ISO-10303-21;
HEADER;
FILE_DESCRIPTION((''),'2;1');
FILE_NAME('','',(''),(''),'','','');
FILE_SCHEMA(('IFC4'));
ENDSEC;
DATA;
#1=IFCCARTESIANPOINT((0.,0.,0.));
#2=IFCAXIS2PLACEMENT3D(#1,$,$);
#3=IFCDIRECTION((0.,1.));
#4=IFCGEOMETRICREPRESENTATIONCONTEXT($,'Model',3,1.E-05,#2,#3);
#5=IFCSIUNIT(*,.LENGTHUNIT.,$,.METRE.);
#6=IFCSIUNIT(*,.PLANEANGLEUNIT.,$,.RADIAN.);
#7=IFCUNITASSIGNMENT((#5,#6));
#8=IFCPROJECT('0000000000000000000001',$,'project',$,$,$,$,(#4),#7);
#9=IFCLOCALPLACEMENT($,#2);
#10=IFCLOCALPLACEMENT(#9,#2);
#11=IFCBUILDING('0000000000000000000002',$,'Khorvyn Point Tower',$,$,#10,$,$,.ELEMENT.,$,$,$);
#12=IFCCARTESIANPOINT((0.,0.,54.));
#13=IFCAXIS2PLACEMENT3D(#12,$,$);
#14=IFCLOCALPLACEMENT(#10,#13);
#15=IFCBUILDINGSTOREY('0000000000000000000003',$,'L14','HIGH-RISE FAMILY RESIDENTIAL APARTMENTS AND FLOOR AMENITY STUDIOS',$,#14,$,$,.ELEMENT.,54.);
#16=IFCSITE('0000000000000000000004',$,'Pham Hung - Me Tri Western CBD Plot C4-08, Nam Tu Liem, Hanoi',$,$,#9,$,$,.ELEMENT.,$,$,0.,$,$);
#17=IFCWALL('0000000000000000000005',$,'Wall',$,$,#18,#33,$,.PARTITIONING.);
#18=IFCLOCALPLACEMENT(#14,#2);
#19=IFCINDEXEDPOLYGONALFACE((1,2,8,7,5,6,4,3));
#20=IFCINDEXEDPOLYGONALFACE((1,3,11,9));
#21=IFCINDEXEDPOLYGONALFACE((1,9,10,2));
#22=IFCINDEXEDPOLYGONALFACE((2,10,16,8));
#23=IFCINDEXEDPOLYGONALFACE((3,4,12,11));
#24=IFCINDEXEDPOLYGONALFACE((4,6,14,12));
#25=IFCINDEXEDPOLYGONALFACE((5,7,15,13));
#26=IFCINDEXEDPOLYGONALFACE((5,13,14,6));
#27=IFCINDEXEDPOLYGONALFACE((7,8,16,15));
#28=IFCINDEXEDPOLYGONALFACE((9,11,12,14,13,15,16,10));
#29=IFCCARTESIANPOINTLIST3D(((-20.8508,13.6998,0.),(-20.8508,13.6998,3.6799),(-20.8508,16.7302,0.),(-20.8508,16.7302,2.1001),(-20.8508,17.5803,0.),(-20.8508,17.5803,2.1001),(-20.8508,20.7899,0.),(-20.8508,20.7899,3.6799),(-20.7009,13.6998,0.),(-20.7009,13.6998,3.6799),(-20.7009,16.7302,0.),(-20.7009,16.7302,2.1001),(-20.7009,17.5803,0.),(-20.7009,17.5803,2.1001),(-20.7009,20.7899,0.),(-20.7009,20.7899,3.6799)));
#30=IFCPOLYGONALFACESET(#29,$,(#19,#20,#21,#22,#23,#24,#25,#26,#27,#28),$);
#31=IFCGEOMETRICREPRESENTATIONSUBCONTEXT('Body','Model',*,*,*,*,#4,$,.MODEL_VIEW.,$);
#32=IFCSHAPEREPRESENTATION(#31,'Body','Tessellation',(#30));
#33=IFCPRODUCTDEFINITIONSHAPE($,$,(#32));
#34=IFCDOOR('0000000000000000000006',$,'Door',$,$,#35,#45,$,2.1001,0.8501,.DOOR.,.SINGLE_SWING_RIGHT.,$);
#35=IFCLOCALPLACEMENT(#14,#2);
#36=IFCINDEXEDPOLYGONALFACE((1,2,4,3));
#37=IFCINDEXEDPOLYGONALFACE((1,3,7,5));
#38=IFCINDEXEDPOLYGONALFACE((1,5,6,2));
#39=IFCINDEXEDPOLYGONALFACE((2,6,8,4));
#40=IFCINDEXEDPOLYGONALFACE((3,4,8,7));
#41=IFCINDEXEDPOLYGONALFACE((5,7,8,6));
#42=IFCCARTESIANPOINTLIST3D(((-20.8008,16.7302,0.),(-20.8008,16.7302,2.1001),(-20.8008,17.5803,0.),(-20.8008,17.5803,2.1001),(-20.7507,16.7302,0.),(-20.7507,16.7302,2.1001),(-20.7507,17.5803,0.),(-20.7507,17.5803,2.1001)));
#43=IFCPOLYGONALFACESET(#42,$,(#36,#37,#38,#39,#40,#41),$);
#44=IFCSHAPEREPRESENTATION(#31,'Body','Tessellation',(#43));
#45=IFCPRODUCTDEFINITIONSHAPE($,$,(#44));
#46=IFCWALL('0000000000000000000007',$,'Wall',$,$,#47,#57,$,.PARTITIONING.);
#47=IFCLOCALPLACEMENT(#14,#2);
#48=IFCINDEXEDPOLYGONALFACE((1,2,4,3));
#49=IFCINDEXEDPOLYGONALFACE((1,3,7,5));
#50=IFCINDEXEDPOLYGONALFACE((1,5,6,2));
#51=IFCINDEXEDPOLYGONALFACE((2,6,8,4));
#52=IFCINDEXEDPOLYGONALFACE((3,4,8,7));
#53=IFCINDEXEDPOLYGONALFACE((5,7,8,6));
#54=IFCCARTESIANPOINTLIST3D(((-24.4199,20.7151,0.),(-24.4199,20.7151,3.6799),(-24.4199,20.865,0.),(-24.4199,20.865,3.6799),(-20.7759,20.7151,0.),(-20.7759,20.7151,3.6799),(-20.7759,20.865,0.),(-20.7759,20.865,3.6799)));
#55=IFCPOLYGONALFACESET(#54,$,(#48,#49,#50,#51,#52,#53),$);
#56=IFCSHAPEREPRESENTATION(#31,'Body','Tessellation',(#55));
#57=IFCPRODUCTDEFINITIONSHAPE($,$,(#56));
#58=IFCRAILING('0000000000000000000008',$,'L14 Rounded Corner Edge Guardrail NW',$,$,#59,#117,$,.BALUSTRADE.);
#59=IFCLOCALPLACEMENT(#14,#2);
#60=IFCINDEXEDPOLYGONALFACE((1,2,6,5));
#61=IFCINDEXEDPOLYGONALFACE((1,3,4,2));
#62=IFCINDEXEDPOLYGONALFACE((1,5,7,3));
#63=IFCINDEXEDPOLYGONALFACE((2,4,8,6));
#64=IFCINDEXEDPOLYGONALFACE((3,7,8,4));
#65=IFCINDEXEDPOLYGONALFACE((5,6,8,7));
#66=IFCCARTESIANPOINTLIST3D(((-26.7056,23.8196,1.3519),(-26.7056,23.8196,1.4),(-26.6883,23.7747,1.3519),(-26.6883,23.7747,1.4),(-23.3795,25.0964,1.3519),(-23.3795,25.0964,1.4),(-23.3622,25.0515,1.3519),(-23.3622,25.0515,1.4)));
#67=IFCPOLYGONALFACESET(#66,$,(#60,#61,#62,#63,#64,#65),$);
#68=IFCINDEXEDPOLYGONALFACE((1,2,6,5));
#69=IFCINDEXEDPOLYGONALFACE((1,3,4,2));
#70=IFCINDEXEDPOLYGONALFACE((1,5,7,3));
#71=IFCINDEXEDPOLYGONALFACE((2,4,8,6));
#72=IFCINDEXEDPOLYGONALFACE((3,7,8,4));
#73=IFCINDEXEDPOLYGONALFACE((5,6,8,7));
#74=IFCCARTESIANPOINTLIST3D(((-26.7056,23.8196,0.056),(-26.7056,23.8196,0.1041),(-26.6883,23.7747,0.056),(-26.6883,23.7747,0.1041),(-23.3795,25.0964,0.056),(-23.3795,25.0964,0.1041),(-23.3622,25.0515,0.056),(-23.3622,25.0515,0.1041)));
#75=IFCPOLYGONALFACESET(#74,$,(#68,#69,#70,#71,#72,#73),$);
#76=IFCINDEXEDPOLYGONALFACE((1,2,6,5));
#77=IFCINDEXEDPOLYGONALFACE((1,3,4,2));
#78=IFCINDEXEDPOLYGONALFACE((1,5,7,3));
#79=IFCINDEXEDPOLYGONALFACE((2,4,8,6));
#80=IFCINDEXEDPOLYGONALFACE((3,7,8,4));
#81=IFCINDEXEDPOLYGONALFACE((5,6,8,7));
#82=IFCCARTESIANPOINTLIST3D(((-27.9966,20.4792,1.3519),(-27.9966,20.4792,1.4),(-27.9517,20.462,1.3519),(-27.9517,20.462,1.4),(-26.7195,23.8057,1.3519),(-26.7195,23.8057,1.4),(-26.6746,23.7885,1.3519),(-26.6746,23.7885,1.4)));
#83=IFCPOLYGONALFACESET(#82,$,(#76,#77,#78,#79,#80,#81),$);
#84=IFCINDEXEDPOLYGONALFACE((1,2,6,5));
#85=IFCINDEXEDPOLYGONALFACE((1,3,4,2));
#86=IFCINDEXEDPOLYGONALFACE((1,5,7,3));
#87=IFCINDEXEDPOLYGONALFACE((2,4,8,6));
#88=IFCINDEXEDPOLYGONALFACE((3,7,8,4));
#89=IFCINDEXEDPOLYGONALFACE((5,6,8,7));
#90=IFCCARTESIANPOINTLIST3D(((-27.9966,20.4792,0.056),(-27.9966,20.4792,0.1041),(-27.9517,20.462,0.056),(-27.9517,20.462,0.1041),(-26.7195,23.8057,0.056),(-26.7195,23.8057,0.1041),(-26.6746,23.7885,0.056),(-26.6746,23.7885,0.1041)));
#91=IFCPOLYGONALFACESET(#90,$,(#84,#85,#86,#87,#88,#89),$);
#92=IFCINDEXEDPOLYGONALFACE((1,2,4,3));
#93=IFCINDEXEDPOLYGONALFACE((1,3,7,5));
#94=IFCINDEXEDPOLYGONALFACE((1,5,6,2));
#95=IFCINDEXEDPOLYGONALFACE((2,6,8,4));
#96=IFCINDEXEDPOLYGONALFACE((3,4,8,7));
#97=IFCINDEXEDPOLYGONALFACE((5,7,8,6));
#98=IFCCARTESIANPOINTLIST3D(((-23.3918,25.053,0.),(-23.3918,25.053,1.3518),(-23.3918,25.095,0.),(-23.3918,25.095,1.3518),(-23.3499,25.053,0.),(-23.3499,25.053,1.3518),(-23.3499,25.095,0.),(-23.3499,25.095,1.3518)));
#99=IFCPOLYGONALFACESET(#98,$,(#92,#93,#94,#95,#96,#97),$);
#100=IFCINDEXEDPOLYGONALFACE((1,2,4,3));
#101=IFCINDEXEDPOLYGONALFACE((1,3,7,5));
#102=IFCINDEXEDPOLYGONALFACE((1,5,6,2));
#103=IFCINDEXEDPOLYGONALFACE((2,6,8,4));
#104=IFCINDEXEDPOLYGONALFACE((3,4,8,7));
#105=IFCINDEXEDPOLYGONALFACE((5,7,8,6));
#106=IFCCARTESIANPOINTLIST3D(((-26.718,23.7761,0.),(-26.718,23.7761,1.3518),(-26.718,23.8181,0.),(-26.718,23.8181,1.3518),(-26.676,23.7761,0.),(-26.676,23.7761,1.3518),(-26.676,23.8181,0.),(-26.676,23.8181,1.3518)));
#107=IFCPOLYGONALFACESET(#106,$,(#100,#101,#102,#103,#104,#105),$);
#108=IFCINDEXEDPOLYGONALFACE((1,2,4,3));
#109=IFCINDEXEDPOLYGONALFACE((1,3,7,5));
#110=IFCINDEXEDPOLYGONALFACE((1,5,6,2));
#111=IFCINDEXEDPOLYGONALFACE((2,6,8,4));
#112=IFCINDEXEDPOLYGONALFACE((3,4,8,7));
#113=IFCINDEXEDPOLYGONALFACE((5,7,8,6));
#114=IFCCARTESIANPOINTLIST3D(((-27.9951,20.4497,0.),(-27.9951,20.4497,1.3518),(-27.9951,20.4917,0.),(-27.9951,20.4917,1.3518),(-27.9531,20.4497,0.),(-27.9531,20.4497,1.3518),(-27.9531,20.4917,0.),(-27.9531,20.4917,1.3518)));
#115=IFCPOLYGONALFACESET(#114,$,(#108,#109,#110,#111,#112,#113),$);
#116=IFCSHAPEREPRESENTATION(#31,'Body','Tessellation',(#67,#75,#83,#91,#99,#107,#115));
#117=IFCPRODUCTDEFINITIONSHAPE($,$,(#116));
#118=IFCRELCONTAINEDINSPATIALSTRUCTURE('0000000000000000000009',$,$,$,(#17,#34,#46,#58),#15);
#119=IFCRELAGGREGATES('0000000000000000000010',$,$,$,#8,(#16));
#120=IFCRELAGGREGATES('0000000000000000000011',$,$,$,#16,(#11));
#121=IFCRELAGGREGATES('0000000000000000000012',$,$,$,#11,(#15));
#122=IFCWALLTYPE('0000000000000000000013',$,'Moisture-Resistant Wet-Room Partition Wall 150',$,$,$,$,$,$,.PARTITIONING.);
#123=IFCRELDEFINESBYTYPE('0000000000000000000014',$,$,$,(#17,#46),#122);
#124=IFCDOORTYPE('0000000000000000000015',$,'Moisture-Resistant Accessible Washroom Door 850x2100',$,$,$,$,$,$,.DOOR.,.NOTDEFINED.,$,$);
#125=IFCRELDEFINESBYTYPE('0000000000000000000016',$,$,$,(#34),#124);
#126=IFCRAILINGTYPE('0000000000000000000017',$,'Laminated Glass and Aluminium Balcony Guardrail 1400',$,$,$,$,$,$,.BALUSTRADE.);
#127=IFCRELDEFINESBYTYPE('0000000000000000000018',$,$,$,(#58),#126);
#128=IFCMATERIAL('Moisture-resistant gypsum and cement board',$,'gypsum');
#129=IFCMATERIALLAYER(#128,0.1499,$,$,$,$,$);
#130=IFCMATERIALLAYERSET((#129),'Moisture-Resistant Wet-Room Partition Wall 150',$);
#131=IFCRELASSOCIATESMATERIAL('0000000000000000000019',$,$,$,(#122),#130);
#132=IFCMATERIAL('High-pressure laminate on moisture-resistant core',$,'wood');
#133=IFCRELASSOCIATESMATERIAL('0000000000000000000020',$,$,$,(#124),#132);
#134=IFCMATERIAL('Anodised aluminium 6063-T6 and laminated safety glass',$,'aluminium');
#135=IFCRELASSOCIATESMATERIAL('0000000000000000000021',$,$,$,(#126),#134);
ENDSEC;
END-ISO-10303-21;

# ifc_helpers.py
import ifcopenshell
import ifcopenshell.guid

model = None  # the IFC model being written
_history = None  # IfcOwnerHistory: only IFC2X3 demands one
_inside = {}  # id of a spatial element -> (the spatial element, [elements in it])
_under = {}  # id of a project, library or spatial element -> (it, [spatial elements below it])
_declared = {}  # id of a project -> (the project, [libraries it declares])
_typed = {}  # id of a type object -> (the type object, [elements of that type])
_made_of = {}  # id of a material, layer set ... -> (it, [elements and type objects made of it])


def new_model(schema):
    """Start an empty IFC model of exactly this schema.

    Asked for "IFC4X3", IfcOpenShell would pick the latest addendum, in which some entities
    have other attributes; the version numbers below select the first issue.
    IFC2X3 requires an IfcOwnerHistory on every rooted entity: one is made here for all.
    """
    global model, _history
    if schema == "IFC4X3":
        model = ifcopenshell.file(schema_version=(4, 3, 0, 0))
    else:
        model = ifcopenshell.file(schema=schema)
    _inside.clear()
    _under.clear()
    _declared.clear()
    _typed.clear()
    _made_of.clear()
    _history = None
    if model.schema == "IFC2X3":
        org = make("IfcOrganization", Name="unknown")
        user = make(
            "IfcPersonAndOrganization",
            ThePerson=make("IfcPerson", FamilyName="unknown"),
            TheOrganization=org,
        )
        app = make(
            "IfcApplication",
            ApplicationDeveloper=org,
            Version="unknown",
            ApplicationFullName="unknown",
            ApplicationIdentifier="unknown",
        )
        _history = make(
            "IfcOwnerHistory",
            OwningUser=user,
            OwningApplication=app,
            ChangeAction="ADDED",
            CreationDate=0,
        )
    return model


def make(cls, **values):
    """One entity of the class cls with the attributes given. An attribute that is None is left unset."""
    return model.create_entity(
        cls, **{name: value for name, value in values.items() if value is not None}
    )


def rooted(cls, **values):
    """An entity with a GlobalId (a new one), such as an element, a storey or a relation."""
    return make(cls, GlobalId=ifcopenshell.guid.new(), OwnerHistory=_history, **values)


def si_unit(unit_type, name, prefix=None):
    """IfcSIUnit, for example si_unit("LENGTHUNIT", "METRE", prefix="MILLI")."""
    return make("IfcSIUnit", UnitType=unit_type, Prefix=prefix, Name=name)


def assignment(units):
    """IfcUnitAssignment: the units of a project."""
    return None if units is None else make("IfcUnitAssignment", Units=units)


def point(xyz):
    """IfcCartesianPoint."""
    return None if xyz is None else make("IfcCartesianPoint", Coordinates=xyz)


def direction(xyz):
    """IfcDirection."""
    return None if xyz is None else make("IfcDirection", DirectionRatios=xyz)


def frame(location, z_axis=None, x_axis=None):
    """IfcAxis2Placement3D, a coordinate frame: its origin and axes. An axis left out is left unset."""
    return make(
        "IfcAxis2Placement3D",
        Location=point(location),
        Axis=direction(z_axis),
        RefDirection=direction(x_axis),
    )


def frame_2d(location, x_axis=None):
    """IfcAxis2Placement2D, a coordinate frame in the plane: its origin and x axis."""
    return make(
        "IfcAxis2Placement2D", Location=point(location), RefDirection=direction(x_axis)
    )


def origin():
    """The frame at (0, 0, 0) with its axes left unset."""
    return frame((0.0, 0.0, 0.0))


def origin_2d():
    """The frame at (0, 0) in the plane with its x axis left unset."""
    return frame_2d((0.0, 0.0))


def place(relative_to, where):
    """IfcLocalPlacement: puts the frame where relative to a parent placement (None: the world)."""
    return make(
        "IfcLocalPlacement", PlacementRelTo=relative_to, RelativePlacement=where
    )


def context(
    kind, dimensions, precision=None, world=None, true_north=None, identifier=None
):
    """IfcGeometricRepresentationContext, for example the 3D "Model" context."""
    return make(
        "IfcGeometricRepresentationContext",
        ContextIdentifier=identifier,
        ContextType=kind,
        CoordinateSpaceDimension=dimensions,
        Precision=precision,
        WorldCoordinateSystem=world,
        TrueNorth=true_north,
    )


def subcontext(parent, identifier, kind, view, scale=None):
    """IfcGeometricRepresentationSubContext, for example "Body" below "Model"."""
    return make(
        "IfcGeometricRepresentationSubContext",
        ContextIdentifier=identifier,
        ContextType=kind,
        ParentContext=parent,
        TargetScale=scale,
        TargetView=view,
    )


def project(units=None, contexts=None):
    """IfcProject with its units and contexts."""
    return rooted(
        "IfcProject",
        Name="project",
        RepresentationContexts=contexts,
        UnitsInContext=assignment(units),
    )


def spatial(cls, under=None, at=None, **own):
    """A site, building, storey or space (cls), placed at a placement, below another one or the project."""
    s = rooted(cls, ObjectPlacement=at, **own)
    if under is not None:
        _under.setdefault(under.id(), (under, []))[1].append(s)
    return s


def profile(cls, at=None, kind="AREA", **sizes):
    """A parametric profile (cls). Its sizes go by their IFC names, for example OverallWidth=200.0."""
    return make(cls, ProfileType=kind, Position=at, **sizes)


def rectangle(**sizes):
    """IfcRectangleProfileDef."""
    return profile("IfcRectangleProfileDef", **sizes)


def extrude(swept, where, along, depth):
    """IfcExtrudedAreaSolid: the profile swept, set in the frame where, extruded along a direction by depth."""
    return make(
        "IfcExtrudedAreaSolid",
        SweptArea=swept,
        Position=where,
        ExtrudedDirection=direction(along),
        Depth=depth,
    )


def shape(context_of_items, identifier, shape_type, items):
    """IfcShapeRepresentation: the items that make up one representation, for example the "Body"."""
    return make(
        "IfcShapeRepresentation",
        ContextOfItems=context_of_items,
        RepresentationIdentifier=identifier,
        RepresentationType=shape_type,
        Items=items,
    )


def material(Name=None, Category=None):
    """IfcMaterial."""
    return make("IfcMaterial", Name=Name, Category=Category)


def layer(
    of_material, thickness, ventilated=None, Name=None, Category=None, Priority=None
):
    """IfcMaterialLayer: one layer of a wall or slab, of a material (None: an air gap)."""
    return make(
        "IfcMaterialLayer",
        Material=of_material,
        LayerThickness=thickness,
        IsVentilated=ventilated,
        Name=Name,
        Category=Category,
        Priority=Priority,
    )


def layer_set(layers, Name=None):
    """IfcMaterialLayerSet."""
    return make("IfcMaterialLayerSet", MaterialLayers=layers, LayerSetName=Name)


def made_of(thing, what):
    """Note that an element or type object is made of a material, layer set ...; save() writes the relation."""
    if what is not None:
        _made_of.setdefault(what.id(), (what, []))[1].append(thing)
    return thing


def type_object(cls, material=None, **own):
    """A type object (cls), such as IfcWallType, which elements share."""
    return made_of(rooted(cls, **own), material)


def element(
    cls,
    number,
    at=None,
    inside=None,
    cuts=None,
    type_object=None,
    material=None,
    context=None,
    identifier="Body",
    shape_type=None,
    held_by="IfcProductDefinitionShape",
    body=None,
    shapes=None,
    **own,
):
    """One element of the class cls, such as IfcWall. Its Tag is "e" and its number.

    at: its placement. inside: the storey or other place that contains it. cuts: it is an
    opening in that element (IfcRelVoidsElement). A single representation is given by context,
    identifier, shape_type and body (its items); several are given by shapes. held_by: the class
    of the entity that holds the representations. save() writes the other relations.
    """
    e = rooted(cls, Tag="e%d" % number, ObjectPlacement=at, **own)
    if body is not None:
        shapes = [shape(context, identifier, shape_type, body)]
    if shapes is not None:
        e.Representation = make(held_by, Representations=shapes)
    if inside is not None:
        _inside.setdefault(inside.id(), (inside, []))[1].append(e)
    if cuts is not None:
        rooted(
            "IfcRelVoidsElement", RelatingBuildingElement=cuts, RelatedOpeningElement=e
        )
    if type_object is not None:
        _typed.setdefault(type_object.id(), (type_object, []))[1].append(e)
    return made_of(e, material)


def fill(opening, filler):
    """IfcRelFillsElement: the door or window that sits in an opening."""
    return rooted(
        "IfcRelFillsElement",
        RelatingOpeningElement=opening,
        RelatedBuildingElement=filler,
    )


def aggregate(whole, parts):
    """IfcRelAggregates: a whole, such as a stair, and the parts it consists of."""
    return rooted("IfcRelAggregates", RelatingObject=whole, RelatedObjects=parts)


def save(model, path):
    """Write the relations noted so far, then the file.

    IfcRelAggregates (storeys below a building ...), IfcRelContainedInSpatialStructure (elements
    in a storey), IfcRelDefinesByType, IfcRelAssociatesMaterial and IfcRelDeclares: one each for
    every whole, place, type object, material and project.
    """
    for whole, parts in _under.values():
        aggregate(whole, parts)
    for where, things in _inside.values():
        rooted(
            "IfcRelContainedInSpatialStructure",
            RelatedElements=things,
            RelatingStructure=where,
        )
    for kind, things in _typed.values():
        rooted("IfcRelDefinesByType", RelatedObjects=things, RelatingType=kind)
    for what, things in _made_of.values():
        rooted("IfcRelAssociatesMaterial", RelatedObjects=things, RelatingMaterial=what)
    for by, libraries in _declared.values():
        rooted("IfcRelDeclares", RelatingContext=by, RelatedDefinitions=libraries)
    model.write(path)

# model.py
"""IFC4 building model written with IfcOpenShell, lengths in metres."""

from ifc_helpers import new_model, si_unit, direction, frame, frame_2d, origin, origin_2d, place, context, subcontext, project, spatial, rectangle, extrude, material, layer, layer_set, type_object, element, fill, save


model = new_model("IFC4")

# Units and contexts
model_context = context("Model", 3, precision=1e-05, world=origin(), true_north=direction((0.0, 1.0)))
body_context = subcontext(model_context, "Body", "Model", "MODEL_VIEW")
ifc_project = project(units=[si_unit("LENGTHUNIT", "METRE"), si_unit("PLANEANGLEUNIT", "RADIAN")], contexts=[model_context])

# Site, building, storey
site_placement = place(None, origin())
site = spatial("IfcSite", under=ifc_project, at=site_placement, Name="Pham Hung - Me Tri Western CBD Plot C4-08, Nam Tu Liem, Hanoi", CompositionType="ELEMENT", RefElevation=0.0)
building_placement = place(site_placement, origin())
building = spatial("IfcBuilding", under=site, at=building_placement, Name="Khorvyn Point Tower", CompositionType="ELEMENT")
storey_placement = place(building_placement, frame((0.0, 0.0, 54.0)))
storey = spatial("IfcBuildingStorey", under=building, at=storey_placement, Name="L14", Description="HIGH-RISE FAMILY RESIDENTIAL APARTMENTS AND FLOOR AMENITY STUDIOS", CompositionType="ELEMENT", Elevation=54.0)

# Wall, opening, door
ifc_material_1 = material(Name="Moisture-resistant gypsum and cement board", Category="gypsum")
ifc_layer_1 = layer(ifc_material_1, 0.1499)
ifc_layer_set_1 = layer_set([ifc_layer_1], Name="Moisture-Resistant Wet-Room Partition Wall 150")
wall_type_1 = type_object("IfcWallType", Name="Moisture-Resistant Wet-Room Partition Wall 150", PredefinedType="PARTITIONING", material=ifc_layer_set_1)
wall_1_placement = place(storey_placement, frame((-20.7759, 13.7, 0.0), z_axis=(0.0, 0.0, 1.0), x_axis=(0.0, 1.0, 0.0)))
wall_1 = element("IfcWall", 1, at=wall_1_placement, inside=storey, type_object=wall_type_1, Name="Wall", PredefinedType="PARTITIONING", context=body_context, shape_type="SweptSolid", body=[
    extrude(rectangle(XDim=7.0901, YDim=0.1499, at=frame_2d((3.5449, 0.0))), origin(), (0.0, 0.0, 1.0), 3.6799),
])
opening_1_placement = place(wall_1_placement, frame((3.0303, 0.0, 0.0)))
opening_1 = element("IfcOpeningElement", 2, at=opening_1_placement, cuts=wall_1, PredefinedType="OPENING", context=body_context, shape_type="SweptSolid", body=[
    extrude(rectangle(XDim=0.8501, YDim=2.1001, at=frame_2d((0.425, 1.05))), frame((0.0, 0.085, 0.0), z_axis=(0.0, -1.0, 0.0), x_axis=(1.0, 0.0, 0.0)), (0.0, 0.0, 1.0), 0.1699),
])
ifc_material_2 = material(Name="High-pressure laminate on moisture-resistant core", Category="wood")
door_type_1 = type_object("IfcDoorType", Name="Moisture-Resistant Accessible Washroom Door 850x2100", OperationType="NOTDEFINED", PredefinedType="DOOR", material=ifc_material_2)
door_1_placement = place(opening_1_placement, origin())
door_1 = element("IfcDoor", 3, at=door_1_placement, inside=storey, type_object=door_type_1, Name="Door", OperationType="SINGLE_SWING_RIGHT", OverallHeight=2.1001, OverallWidth=0.8501, PredefinedType="DOOR", context=body_context, shape_type="SweptSolid", body=[
    extrude(rectangle(XDim=0.8501, YDim=2.1001, at=frame_2d((0.425, 1.05))), frame((0.0, 0.0249, 0.0), z_axis=(0.0, -1.0, 0.0), x_axis=(1.0, 0.0, 0.0)), (0.0, 0.0, 1.0), 0.05),
])
fill(opening_1, door_1)

# Wall
wall_2_placement = place(storey_placement, frame((-24.4199, 20.79, 0.0), z_axis=(0.0, 0.0, 1.0), x_axis=(1.0, 0.0, 0.0)))
element("IfcWall", 4, at=wall_2_placement, inside=storey, type_object=wall_type_1, Name="Wall", PredefinedType="PARTITIONING", context=body_context, shape_type="SweptSolid", body=[
    extrude(rectangle(XDim=3.644, YDim=0.1499, at=frame_2d((1.822, 0.0))), origin(), (0.0, 0.0, 1.0), 3.6799),
])

# Railing
ifc_material_3 = material(Name="Anodised aluminium 6063-T6 and laminated safety glass", Category="aluminium")
railing_type = type_object("IfcRailingType", Name="Laminated Glass and Aluminium Balcony Guardrail 1400", PredefinedType="BALUSTRADE", material=ifc_material_3)
railing_1_placement = place(storey_placement, frame((-23.3708, 25.074, 0.0)))
element("IfcRailing", 5, at=railing_1_placement, inside=storey, type_object=railing_type, Name="L14 Rounded Corner Edge Guardrail NW", PredefinedType="BALUSTRADE", context=body_context, shape_type="SweptSolid", body=[
    extrude(rectangle(XDim=0.0481, YDim=0.0481, at=origin_2d()), frame((0.0, 0.0, 1.376), z_axis=(-0.933575, -0.358382, 0.0), x_axis=(0.358382, -0.933575, 0.0)), (0.0, 0.0, 1.0), 3.5627),
    extrude(rectangle(XDim=0.0481, YDim=0.0481, at=origin_2d()), frame((0.0, 0.0, 0.0801), z_axis=(-0.933575, -0.358382, 0.0), x_axis=(0.358382, -0.933575, 0.0)), (0.0, 0.0, 1.0), 3.5627),
    extrude(rectangle(XDim=0.0481, YDim=0.0481, at=origin_2d()), frame((-3.3262, -1.2769, 1.376), z_axis=(-0.358419, -0.933561, 0.0), x_axis=(0.933561, -0.358419, 0.0)), (0.0, 0.0, 1.0), 3.5632),
    extrude(rectangle(XDim=0.0481, YDim=0.0481, at=origin_2d()), frame((-3.3262, -1.2769, 0.0801), z_axis=(-0.358419, -0.933561, 0.0), x_axis=(0.933561, -0.358419, 0.0)), (0.0, 0.0, 1.0), 3.5632),
    extrude(rectangle(XDim=0.042, YDim=0.042, at=origin_2d()), origin(), (0.0, 0.0, 1.0), 1.3518),
    extrude(rectangle(XDim=0.042, YDim=0.042, at=origin_2d()), frame((-3.3262, -1.2769, 0.0)), (0.0, 0.0, 1.0), 1.3518),
    extrude(rectangle(XDim=0.042, YDim=0.042, at=origin_2d()), frame((-4.6033, -4.6033, 0.0)), (0.0, 0.0, 1.0), 1.3518),
])

save(model, "model.ifc")
